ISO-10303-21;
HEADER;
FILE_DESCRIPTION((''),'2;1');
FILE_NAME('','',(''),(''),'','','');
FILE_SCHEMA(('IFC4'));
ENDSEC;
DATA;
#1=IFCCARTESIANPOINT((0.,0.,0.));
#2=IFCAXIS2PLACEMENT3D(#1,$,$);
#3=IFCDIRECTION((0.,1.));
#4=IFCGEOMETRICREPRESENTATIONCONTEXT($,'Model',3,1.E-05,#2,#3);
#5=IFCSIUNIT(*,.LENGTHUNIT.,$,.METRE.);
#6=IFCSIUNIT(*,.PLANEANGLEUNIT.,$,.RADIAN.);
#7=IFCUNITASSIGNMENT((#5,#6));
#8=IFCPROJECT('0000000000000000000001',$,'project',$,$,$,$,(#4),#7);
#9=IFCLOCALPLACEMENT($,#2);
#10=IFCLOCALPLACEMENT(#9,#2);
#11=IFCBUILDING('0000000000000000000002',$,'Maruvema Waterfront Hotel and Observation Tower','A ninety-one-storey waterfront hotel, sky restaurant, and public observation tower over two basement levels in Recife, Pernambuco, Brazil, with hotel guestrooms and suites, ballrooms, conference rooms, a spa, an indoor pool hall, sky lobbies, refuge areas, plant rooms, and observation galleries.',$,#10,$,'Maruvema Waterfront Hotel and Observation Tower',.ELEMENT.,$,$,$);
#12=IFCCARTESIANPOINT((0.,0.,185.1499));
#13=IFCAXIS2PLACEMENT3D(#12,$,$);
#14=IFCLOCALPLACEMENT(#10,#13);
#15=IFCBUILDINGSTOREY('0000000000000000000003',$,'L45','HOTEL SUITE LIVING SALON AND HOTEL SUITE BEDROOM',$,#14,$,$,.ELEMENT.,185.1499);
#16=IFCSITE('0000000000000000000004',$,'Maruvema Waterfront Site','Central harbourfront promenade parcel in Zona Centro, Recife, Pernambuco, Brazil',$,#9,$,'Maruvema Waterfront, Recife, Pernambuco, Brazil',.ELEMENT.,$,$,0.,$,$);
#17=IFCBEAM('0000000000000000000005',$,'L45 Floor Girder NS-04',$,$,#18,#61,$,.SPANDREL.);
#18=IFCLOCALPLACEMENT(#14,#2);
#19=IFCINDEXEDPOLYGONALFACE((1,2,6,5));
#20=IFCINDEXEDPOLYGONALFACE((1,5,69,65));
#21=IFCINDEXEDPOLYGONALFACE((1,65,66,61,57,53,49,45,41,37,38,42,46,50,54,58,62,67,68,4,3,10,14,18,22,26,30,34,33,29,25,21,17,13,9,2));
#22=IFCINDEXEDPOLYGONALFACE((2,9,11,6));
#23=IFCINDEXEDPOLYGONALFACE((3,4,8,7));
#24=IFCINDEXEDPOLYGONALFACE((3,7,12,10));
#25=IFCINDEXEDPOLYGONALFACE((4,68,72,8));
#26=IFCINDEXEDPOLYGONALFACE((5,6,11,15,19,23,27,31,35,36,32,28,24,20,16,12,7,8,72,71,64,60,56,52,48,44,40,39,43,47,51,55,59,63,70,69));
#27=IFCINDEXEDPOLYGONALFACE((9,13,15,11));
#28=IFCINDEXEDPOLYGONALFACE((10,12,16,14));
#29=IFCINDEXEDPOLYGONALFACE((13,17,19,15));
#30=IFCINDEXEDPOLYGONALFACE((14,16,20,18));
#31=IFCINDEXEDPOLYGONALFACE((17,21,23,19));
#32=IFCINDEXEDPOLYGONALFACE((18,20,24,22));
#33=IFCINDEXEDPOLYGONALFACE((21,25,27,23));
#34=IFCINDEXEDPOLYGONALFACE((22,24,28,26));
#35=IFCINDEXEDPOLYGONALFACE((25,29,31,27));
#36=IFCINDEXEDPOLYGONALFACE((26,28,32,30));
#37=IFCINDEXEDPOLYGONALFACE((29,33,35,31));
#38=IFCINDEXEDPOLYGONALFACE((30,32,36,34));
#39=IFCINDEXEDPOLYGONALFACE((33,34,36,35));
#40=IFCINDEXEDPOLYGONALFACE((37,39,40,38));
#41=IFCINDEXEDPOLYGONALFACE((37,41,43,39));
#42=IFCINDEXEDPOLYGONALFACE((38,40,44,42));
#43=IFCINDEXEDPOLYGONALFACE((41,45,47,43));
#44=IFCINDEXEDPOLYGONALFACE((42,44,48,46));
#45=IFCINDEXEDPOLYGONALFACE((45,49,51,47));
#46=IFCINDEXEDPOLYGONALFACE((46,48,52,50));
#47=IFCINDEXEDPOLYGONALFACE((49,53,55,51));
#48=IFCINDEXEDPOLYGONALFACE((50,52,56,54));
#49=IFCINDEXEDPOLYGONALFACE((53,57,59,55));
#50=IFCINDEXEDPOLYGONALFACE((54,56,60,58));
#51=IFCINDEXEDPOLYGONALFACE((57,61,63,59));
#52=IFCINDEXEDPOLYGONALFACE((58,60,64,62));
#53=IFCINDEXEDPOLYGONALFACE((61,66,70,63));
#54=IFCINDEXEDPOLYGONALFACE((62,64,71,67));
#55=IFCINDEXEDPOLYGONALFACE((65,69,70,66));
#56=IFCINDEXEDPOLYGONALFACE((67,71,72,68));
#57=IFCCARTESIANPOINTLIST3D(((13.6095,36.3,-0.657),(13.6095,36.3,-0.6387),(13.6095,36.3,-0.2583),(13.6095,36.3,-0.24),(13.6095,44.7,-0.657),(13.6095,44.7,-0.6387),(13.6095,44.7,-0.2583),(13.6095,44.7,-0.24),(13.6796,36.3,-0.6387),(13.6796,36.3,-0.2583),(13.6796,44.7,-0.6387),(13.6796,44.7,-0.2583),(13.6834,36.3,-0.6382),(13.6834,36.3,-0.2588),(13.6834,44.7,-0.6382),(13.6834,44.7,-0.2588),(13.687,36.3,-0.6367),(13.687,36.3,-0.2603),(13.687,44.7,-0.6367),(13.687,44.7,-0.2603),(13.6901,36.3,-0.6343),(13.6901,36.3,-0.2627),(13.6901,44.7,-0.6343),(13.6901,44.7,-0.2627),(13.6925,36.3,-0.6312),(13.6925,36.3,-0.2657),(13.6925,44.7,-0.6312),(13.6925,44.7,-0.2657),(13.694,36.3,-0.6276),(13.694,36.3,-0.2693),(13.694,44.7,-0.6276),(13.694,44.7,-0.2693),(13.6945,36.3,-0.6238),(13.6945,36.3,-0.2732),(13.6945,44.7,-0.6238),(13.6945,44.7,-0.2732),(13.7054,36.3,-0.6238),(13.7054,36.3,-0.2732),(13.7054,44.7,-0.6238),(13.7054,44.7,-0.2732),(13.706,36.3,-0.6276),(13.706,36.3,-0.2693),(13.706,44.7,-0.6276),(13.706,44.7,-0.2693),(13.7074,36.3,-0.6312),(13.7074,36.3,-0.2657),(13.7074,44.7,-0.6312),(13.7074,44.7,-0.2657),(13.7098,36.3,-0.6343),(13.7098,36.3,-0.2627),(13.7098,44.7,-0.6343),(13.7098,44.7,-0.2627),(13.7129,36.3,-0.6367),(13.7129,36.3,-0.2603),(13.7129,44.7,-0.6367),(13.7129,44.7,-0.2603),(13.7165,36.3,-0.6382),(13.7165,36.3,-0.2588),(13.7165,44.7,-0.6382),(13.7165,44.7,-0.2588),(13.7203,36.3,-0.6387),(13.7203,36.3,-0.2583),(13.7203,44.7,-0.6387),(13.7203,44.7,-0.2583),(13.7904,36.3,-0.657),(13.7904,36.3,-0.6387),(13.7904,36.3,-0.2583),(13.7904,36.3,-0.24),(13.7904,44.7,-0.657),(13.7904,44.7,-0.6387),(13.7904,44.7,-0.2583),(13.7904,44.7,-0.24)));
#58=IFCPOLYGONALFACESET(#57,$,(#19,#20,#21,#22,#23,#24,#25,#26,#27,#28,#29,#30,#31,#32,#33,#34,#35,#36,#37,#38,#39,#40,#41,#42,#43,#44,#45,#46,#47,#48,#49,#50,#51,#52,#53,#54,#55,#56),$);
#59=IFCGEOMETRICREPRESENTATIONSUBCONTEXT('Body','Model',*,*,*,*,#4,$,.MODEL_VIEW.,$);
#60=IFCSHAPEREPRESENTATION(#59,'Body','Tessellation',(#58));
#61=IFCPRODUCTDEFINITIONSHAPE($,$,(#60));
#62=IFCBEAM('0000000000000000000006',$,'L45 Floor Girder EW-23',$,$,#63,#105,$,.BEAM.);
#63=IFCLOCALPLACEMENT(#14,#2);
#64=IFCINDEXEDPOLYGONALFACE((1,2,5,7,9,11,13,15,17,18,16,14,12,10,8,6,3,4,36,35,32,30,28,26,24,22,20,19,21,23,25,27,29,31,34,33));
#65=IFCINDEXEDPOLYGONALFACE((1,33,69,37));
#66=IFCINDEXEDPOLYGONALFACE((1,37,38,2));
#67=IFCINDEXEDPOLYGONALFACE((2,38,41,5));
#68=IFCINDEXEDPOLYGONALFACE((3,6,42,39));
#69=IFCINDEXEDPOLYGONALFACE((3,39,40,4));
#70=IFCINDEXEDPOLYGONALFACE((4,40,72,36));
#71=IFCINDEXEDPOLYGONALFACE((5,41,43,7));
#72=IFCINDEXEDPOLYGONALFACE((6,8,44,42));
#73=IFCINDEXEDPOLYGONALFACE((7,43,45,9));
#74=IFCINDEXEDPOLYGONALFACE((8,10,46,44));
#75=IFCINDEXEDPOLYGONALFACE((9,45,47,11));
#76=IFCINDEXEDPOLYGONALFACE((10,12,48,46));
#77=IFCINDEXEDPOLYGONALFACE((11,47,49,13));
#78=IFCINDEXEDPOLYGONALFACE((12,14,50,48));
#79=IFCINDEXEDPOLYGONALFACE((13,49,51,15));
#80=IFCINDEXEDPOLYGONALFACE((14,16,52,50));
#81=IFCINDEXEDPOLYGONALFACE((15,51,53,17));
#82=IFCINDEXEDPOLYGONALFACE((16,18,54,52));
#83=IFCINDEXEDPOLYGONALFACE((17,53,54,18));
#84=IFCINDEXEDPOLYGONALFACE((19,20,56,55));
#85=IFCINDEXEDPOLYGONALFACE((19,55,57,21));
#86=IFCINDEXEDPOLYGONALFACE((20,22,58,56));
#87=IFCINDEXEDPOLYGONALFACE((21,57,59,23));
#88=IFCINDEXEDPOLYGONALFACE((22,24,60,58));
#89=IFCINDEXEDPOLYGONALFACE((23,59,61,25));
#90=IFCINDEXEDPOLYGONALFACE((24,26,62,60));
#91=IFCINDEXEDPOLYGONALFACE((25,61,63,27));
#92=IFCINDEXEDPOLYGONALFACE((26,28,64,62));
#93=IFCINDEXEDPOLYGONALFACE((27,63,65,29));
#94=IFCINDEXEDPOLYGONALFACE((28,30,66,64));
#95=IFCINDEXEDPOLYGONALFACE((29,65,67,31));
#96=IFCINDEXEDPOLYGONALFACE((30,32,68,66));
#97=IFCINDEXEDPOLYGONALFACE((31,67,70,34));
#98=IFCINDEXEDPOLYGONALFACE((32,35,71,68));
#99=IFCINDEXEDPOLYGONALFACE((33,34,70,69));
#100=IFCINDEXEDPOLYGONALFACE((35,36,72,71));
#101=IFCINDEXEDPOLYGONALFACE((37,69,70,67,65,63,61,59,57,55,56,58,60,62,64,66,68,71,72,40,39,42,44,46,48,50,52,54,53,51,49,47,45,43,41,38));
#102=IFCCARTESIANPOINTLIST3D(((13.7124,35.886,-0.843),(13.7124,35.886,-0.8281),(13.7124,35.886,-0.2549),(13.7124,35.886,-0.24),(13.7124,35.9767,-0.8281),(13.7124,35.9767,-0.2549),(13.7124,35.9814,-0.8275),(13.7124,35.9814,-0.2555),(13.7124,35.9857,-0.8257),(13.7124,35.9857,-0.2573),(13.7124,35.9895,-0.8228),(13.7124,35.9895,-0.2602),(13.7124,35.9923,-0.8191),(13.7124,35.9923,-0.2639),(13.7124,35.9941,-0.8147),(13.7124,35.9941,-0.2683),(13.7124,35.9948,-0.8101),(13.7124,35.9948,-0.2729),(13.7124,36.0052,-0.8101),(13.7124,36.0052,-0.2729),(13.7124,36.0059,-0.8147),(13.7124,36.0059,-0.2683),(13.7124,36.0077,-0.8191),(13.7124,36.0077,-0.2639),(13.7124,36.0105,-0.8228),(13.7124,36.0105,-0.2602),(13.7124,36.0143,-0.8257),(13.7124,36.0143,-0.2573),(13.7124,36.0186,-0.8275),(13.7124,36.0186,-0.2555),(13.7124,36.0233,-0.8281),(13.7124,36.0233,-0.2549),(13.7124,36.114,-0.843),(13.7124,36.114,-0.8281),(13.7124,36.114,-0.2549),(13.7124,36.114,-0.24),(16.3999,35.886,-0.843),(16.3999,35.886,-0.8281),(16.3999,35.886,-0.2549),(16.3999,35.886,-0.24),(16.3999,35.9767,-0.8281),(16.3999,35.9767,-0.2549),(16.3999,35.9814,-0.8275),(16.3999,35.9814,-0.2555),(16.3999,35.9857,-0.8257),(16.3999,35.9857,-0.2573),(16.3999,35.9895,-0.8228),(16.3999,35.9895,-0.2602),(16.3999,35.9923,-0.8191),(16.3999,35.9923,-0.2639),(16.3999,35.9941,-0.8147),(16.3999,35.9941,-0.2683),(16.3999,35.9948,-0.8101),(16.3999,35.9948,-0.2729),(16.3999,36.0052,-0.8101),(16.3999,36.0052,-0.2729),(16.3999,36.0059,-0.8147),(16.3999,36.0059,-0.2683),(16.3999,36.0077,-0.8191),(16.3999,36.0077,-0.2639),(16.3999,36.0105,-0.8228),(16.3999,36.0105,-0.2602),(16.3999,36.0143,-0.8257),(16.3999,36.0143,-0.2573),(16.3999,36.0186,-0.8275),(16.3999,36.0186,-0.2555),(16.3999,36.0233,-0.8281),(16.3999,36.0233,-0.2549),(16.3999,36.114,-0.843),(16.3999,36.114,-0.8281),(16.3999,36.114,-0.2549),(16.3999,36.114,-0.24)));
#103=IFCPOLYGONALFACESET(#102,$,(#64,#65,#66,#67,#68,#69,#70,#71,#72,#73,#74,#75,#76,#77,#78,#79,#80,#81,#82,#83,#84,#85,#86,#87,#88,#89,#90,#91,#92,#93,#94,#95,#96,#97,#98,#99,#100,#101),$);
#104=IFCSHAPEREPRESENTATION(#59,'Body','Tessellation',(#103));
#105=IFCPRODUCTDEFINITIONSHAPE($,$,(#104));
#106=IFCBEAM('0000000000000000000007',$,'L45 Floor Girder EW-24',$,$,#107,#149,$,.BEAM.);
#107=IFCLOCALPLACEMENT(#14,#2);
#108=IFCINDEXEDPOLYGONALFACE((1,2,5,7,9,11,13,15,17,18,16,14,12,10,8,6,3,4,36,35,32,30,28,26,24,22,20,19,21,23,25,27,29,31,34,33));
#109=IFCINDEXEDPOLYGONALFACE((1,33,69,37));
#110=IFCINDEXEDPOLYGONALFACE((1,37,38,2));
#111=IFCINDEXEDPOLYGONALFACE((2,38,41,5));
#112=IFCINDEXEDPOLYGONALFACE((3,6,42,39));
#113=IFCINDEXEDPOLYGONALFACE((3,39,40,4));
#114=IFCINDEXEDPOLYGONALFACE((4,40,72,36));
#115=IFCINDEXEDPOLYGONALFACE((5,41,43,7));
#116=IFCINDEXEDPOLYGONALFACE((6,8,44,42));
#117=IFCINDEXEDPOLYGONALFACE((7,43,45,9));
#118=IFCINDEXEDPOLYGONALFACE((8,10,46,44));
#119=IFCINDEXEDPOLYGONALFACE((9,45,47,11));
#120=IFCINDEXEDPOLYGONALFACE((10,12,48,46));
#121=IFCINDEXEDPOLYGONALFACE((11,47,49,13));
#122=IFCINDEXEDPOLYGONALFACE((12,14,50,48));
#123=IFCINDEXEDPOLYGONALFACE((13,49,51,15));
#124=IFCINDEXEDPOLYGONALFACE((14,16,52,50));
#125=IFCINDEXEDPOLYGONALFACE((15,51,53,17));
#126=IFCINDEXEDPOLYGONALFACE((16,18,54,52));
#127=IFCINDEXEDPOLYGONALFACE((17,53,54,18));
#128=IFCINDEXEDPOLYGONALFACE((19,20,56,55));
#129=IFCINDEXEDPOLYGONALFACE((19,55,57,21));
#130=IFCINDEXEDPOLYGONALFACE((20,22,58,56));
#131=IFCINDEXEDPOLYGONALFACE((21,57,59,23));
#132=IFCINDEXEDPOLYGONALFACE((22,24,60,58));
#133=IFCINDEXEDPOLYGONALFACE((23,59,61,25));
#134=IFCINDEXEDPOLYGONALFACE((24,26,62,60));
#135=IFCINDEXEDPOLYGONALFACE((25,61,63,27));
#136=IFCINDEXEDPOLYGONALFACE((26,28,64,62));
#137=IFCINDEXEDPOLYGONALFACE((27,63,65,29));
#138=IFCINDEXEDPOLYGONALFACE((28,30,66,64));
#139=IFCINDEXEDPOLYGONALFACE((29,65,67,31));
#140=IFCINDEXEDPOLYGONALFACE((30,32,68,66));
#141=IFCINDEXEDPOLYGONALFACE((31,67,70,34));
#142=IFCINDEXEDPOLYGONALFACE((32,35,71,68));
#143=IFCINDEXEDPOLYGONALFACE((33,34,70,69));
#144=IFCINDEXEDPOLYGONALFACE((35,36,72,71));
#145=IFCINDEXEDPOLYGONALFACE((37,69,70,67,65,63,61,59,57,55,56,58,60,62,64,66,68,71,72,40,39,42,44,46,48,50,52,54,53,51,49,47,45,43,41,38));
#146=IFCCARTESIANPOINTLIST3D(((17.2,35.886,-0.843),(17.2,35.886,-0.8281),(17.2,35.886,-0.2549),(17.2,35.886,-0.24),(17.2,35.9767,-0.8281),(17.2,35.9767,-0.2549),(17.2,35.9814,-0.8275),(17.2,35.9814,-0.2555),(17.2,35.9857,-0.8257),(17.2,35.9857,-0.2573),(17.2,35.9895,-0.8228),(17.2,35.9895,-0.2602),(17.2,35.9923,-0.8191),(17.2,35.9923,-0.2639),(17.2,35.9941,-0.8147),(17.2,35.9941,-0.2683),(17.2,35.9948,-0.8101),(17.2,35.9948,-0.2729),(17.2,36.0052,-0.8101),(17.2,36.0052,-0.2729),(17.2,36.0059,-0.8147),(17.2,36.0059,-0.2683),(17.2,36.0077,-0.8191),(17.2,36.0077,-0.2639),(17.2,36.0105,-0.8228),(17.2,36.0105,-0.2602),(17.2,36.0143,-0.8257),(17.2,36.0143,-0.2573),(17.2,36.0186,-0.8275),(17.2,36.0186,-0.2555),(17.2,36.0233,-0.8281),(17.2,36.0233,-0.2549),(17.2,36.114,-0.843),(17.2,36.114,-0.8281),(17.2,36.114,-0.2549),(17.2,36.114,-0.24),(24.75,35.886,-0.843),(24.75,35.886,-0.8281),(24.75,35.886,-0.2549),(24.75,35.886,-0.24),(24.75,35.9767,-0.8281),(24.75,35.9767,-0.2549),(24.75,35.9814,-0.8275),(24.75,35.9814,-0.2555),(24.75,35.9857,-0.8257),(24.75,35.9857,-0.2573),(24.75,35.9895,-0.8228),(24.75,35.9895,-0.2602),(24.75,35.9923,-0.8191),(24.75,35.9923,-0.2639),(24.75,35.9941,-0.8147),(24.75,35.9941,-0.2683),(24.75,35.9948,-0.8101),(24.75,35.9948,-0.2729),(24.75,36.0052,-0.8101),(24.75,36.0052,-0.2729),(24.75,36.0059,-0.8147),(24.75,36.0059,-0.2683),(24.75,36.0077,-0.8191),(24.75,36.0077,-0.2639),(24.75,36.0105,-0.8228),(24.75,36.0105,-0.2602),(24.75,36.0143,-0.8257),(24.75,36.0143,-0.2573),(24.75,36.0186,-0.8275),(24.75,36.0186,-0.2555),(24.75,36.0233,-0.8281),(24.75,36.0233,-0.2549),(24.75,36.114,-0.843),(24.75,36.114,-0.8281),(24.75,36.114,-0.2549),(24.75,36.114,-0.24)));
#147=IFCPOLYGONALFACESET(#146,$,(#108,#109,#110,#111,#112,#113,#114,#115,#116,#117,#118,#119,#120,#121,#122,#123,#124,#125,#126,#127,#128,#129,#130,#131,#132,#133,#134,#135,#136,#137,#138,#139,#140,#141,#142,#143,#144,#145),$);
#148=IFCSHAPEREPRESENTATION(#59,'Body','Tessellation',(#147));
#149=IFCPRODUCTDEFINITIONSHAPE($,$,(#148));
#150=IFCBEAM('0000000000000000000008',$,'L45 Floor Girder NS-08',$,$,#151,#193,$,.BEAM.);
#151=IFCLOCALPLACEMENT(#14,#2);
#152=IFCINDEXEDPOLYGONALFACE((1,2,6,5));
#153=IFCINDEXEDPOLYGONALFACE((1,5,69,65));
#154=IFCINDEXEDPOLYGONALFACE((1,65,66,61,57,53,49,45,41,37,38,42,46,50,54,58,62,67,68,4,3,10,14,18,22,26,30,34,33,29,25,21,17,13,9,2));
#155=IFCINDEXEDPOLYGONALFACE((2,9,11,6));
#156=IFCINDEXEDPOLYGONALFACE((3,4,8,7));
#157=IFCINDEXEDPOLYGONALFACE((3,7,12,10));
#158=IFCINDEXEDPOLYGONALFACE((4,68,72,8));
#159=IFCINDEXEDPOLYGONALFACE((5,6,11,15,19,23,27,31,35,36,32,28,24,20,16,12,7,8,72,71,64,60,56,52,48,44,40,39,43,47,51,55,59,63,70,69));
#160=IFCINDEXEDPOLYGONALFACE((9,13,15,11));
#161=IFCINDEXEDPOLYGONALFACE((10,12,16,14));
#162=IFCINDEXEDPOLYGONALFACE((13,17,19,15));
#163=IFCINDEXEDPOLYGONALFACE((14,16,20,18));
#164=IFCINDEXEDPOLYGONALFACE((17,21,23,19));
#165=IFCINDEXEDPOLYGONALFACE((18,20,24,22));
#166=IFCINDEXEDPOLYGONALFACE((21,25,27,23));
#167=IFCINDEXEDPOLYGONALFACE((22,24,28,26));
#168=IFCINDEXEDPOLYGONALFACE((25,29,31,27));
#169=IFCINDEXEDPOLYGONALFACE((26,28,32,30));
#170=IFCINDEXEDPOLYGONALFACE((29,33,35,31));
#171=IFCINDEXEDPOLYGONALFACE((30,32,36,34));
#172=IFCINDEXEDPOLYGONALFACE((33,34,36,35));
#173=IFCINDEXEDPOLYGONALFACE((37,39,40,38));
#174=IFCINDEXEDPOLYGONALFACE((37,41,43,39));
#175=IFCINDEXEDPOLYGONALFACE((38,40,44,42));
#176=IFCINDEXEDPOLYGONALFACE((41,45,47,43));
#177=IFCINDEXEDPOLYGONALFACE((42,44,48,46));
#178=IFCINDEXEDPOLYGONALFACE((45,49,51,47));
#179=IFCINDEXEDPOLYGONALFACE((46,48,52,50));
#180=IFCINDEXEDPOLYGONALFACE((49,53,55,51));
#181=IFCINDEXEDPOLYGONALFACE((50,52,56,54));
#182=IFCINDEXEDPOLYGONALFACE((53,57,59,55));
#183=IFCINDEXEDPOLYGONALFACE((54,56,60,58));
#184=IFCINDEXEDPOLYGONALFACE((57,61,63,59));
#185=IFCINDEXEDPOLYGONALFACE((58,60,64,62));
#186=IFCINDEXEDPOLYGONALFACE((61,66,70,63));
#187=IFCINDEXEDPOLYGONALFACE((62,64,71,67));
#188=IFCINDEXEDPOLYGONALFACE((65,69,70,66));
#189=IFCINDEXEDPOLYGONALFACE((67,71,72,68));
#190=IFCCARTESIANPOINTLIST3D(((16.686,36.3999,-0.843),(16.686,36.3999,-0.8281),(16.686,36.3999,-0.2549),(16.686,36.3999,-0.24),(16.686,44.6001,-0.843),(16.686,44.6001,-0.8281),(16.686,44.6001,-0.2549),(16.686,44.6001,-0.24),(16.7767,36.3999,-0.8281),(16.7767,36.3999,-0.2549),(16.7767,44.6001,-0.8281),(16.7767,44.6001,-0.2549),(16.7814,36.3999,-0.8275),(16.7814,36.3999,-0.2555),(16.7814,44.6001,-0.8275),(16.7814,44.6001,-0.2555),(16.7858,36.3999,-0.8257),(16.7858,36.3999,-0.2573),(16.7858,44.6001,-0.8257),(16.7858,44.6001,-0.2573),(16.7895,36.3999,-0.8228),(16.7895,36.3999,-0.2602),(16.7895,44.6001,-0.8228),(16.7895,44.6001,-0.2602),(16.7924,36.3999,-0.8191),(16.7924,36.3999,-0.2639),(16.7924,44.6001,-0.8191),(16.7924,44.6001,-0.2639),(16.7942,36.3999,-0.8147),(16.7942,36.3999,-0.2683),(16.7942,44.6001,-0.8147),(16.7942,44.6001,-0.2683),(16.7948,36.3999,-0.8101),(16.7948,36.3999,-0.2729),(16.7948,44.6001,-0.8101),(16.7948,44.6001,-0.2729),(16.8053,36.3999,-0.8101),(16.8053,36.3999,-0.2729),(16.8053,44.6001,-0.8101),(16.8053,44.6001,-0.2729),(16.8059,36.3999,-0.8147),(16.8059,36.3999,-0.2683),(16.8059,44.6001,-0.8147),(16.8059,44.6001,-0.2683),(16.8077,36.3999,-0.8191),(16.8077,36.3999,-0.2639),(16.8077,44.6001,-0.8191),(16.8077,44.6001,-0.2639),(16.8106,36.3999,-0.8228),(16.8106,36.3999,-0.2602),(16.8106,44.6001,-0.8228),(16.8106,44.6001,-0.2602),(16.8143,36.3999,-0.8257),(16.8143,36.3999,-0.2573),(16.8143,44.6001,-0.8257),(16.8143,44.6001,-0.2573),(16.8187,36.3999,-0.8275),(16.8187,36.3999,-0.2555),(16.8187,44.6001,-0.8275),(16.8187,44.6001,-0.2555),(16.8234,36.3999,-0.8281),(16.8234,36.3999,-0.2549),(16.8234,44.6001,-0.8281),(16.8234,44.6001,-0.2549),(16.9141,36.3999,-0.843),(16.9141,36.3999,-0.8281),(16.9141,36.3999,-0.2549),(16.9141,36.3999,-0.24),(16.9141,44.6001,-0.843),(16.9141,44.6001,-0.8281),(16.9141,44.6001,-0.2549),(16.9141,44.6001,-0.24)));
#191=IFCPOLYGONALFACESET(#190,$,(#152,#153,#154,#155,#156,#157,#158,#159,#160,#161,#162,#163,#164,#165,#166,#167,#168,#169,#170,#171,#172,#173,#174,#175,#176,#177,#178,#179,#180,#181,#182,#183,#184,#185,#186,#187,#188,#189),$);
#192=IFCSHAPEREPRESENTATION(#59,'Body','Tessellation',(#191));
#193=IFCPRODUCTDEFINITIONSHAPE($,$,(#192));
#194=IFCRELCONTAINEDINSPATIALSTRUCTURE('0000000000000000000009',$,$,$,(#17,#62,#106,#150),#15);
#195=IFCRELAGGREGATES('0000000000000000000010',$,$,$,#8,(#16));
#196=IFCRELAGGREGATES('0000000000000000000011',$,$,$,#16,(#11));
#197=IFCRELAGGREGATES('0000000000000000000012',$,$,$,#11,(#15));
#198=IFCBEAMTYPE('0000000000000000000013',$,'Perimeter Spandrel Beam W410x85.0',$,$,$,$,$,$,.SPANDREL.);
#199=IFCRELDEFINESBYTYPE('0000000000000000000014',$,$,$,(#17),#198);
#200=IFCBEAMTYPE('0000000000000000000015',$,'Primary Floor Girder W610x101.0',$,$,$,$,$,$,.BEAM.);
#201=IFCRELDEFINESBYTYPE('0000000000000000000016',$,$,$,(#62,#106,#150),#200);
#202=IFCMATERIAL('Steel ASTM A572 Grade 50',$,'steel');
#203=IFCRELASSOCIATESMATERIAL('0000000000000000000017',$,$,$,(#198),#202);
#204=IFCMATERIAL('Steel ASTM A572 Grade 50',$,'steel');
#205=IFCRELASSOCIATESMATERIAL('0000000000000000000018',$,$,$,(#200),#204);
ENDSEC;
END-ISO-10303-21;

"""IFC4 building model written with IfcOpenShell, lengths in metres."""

from ifc_helpers import new_model, si_unit, direction, frame, origin, origin_2d, place, context, subcontext, project, spatial, i_section, extrude, material, material_profile, profile_set, type_object, element, save


model = new_model("IFC4")

# Units and contexts
model_context = context("Model", 3, precision=1e-05, world=origin(), true_north=direction((0.0, 1.0)))
body_context = subcontext(model_context, "Body", "Model", "MODEL_VIEW")
ifc_project = project(units=[si_unit("LENGTHUNIT", "METRE"), si_unit("PLANEANGLEUNIT", "RADIAN")], contexts=[model_context])

# Site, building, storey
site_placement = place(None, origin())
site = spatial("IfcSite", under=ifc_project, at=site_placement, Name="Maruvema Waterfront Site", Description="Central harbourfront promenade parcel in Zona Centro, Recife, Pernambuco, Brazil", LongName="Maruvema Waterfront, Recife, Pernambuco, Brazil", CompositionType="ELEMENT", RefElevation=0.0)
building_placement = place(site_placement, origin())
building = spatial("IfcBuilding", under=site, at=building_placement, Name="Maruvema Waterfront Hotel and Observation Tower", Description="A ninety-one-storey waterfront hotel, sky restaurant, and public observation tower over two basement levels in Recife, Pernambuco, Brazil, with hotel guestrooms and suites, ballrooms, conference rooms, a spa, an indoor pool hall, sky lobbies, refuge areas, plant rooms, and observation galleries.", LongName="Maruvema Waterfront Hotel and Observation Tower", CompositionType="ELEMENT")
storey_placement = place(building_placement, frame((0.0, 0.0, 185.1499)))
storey = spatial("IfcBuildingStorey", under=building, at=storey_placement, Name="L45", Description="HOTEL SUITE LIVING SALON AND HOTEL SUITE BEDROOM", CompositionType="ELEMENT", Elevation=185.1499)

# Beams
ifc_material_1 = material(Name="Steel ASTM A572 Grade 50", Category="steel")
ifc_material_profile_1 = material_profile(ifc_material_1, i_section(OverallWidth=0.1809, OverallDepth=0.417, WebThickness=0.011, FlangeThickness=0.0183, FilletRadius=0.0149, at=origin_2d()), Name="W410x85.0")
ifc_profile_set_1 = profile_set([ifc_material_profile_1], Name="Steel ASTM A572 Grade 50")
beam_type_1 = type_object("IfcBeamType", Name="Perimeter Spandrel Beam W410x85.0", PredefinedType="SPANDREL", material=ifc_profile_set_1)
beam_1_placement = place(storey_placement, frame((13.7, 36.3, -0.4485), z_axis=(0.0, 1.0, 0.0), x_axis=(-1.0, 0.0, 0.0)))
element("IfcBeam", 1, at=beam_1_placement, inside=storey, type_object=beam_type_1, Name="L45 Floor Girder NS-04", PredefinedType="SPANDREL", context=body_context, shape_type="SweptSolid", body=[
    extrude(i_section(OverallWidth=0.1809, OverallDepth=0.417, WebThickness=0.011, FlangeThickness=0.0183, FilletRadius=0.0149, at=origin_2d()), origin(), (0.0, 0.0, 1.0), 8.3999),
])
ifc_material_2 = material(Name="Steel ASTM A572 Grade 50", Category="steel")
ifc_material_profile_2 = material_profile(ifc_material_2, i_section(OverallWidth=0.228, OverallDepth=0.603, WebThickness=0.0105, FlangeThickness=0.0149, FilletRadius=0.0181, at=origin_2d()), Name="W610x101.0")
ifc_profile_set_2 = profile_set([ifc_material_profile_2], Name="Steel ASTM A572 Grade 50")
beam_type_2 = type_object("IfcBeamType", Name="Primary Floor Girder W610x101.0", PredefinedType="BEAM", material=ifc_profile_set_2)
beam_2_placement = place(storey_placement, frame((13.7124, 36.0, -0.5415), z_axis=(1.0, 0.0, 0.0), x_axis=(0.0, 1.0, 0.0)))
element("IfcBeam", 2, at=beam_2_placement, inside=storey, type_object=beam_type_2, Name="L45 Floor Girder EW-23", PredefinedType="BEAM", context=body_context, shape_type="SweptSolid", body=[
    extrude(i_section(OverallWidth=0.228, OverallDepth=0.603, WebThickness=0.0105, FlangeThickness=0.0149, FilletRadius=0.0181, at=origin_2d()), origin(), (0.0, 0.0, 1.0), 2.6875),
])
beam_3_placement = place(storey_placement, frame((17.2, 36.0, -0.5415), z_axis=(1.0, 0.0, 0.0), x_axis=(0.0, 1.0, 0.0)))
element("IfcBeam", 3, at=beam_3_placement, inside=storey, type_object=beam_type_2, Name="L45 Floor Girder EW-24", PredefinedType="BEAM", context=body_context, shape_type="SweptSolid", body=[
    extrude(i_section(OverallWidth=0.228, OverallDepth=0.603, WebThickness=0.0105, FlangeThickness=0.0149, FilletRadius=0.0181, at=origin_2d()), origin(), (0.0, 0.0, 1.0), 7.55),
])
beam_4_placement = place(storey_placement, frame((16.8, 36.3999, -0.5415), z_axis=(0.0, 1.0, 0.0), x_axis=(-1.0, 0.0, 0.0)))
element("IfcBeam", 4, at=beam_4_placement, inside=storey, type_object=beam_type_2, Name="L45 Floor Girder NS-08", PredefinedType="BEAM", context=body_context, shape_type="SweptSolid", body=[
    extrude(i_section(OverallWidth=0.228, OverallDepth=0.603, WebThickness=0.0105, FlangeThickness=0.0149, FilletRadius=0.0181, at=origin_2d()), origin(), (0.0, 0.0, 1.0), 8.2002),
])

save(model, "model.ifc")
